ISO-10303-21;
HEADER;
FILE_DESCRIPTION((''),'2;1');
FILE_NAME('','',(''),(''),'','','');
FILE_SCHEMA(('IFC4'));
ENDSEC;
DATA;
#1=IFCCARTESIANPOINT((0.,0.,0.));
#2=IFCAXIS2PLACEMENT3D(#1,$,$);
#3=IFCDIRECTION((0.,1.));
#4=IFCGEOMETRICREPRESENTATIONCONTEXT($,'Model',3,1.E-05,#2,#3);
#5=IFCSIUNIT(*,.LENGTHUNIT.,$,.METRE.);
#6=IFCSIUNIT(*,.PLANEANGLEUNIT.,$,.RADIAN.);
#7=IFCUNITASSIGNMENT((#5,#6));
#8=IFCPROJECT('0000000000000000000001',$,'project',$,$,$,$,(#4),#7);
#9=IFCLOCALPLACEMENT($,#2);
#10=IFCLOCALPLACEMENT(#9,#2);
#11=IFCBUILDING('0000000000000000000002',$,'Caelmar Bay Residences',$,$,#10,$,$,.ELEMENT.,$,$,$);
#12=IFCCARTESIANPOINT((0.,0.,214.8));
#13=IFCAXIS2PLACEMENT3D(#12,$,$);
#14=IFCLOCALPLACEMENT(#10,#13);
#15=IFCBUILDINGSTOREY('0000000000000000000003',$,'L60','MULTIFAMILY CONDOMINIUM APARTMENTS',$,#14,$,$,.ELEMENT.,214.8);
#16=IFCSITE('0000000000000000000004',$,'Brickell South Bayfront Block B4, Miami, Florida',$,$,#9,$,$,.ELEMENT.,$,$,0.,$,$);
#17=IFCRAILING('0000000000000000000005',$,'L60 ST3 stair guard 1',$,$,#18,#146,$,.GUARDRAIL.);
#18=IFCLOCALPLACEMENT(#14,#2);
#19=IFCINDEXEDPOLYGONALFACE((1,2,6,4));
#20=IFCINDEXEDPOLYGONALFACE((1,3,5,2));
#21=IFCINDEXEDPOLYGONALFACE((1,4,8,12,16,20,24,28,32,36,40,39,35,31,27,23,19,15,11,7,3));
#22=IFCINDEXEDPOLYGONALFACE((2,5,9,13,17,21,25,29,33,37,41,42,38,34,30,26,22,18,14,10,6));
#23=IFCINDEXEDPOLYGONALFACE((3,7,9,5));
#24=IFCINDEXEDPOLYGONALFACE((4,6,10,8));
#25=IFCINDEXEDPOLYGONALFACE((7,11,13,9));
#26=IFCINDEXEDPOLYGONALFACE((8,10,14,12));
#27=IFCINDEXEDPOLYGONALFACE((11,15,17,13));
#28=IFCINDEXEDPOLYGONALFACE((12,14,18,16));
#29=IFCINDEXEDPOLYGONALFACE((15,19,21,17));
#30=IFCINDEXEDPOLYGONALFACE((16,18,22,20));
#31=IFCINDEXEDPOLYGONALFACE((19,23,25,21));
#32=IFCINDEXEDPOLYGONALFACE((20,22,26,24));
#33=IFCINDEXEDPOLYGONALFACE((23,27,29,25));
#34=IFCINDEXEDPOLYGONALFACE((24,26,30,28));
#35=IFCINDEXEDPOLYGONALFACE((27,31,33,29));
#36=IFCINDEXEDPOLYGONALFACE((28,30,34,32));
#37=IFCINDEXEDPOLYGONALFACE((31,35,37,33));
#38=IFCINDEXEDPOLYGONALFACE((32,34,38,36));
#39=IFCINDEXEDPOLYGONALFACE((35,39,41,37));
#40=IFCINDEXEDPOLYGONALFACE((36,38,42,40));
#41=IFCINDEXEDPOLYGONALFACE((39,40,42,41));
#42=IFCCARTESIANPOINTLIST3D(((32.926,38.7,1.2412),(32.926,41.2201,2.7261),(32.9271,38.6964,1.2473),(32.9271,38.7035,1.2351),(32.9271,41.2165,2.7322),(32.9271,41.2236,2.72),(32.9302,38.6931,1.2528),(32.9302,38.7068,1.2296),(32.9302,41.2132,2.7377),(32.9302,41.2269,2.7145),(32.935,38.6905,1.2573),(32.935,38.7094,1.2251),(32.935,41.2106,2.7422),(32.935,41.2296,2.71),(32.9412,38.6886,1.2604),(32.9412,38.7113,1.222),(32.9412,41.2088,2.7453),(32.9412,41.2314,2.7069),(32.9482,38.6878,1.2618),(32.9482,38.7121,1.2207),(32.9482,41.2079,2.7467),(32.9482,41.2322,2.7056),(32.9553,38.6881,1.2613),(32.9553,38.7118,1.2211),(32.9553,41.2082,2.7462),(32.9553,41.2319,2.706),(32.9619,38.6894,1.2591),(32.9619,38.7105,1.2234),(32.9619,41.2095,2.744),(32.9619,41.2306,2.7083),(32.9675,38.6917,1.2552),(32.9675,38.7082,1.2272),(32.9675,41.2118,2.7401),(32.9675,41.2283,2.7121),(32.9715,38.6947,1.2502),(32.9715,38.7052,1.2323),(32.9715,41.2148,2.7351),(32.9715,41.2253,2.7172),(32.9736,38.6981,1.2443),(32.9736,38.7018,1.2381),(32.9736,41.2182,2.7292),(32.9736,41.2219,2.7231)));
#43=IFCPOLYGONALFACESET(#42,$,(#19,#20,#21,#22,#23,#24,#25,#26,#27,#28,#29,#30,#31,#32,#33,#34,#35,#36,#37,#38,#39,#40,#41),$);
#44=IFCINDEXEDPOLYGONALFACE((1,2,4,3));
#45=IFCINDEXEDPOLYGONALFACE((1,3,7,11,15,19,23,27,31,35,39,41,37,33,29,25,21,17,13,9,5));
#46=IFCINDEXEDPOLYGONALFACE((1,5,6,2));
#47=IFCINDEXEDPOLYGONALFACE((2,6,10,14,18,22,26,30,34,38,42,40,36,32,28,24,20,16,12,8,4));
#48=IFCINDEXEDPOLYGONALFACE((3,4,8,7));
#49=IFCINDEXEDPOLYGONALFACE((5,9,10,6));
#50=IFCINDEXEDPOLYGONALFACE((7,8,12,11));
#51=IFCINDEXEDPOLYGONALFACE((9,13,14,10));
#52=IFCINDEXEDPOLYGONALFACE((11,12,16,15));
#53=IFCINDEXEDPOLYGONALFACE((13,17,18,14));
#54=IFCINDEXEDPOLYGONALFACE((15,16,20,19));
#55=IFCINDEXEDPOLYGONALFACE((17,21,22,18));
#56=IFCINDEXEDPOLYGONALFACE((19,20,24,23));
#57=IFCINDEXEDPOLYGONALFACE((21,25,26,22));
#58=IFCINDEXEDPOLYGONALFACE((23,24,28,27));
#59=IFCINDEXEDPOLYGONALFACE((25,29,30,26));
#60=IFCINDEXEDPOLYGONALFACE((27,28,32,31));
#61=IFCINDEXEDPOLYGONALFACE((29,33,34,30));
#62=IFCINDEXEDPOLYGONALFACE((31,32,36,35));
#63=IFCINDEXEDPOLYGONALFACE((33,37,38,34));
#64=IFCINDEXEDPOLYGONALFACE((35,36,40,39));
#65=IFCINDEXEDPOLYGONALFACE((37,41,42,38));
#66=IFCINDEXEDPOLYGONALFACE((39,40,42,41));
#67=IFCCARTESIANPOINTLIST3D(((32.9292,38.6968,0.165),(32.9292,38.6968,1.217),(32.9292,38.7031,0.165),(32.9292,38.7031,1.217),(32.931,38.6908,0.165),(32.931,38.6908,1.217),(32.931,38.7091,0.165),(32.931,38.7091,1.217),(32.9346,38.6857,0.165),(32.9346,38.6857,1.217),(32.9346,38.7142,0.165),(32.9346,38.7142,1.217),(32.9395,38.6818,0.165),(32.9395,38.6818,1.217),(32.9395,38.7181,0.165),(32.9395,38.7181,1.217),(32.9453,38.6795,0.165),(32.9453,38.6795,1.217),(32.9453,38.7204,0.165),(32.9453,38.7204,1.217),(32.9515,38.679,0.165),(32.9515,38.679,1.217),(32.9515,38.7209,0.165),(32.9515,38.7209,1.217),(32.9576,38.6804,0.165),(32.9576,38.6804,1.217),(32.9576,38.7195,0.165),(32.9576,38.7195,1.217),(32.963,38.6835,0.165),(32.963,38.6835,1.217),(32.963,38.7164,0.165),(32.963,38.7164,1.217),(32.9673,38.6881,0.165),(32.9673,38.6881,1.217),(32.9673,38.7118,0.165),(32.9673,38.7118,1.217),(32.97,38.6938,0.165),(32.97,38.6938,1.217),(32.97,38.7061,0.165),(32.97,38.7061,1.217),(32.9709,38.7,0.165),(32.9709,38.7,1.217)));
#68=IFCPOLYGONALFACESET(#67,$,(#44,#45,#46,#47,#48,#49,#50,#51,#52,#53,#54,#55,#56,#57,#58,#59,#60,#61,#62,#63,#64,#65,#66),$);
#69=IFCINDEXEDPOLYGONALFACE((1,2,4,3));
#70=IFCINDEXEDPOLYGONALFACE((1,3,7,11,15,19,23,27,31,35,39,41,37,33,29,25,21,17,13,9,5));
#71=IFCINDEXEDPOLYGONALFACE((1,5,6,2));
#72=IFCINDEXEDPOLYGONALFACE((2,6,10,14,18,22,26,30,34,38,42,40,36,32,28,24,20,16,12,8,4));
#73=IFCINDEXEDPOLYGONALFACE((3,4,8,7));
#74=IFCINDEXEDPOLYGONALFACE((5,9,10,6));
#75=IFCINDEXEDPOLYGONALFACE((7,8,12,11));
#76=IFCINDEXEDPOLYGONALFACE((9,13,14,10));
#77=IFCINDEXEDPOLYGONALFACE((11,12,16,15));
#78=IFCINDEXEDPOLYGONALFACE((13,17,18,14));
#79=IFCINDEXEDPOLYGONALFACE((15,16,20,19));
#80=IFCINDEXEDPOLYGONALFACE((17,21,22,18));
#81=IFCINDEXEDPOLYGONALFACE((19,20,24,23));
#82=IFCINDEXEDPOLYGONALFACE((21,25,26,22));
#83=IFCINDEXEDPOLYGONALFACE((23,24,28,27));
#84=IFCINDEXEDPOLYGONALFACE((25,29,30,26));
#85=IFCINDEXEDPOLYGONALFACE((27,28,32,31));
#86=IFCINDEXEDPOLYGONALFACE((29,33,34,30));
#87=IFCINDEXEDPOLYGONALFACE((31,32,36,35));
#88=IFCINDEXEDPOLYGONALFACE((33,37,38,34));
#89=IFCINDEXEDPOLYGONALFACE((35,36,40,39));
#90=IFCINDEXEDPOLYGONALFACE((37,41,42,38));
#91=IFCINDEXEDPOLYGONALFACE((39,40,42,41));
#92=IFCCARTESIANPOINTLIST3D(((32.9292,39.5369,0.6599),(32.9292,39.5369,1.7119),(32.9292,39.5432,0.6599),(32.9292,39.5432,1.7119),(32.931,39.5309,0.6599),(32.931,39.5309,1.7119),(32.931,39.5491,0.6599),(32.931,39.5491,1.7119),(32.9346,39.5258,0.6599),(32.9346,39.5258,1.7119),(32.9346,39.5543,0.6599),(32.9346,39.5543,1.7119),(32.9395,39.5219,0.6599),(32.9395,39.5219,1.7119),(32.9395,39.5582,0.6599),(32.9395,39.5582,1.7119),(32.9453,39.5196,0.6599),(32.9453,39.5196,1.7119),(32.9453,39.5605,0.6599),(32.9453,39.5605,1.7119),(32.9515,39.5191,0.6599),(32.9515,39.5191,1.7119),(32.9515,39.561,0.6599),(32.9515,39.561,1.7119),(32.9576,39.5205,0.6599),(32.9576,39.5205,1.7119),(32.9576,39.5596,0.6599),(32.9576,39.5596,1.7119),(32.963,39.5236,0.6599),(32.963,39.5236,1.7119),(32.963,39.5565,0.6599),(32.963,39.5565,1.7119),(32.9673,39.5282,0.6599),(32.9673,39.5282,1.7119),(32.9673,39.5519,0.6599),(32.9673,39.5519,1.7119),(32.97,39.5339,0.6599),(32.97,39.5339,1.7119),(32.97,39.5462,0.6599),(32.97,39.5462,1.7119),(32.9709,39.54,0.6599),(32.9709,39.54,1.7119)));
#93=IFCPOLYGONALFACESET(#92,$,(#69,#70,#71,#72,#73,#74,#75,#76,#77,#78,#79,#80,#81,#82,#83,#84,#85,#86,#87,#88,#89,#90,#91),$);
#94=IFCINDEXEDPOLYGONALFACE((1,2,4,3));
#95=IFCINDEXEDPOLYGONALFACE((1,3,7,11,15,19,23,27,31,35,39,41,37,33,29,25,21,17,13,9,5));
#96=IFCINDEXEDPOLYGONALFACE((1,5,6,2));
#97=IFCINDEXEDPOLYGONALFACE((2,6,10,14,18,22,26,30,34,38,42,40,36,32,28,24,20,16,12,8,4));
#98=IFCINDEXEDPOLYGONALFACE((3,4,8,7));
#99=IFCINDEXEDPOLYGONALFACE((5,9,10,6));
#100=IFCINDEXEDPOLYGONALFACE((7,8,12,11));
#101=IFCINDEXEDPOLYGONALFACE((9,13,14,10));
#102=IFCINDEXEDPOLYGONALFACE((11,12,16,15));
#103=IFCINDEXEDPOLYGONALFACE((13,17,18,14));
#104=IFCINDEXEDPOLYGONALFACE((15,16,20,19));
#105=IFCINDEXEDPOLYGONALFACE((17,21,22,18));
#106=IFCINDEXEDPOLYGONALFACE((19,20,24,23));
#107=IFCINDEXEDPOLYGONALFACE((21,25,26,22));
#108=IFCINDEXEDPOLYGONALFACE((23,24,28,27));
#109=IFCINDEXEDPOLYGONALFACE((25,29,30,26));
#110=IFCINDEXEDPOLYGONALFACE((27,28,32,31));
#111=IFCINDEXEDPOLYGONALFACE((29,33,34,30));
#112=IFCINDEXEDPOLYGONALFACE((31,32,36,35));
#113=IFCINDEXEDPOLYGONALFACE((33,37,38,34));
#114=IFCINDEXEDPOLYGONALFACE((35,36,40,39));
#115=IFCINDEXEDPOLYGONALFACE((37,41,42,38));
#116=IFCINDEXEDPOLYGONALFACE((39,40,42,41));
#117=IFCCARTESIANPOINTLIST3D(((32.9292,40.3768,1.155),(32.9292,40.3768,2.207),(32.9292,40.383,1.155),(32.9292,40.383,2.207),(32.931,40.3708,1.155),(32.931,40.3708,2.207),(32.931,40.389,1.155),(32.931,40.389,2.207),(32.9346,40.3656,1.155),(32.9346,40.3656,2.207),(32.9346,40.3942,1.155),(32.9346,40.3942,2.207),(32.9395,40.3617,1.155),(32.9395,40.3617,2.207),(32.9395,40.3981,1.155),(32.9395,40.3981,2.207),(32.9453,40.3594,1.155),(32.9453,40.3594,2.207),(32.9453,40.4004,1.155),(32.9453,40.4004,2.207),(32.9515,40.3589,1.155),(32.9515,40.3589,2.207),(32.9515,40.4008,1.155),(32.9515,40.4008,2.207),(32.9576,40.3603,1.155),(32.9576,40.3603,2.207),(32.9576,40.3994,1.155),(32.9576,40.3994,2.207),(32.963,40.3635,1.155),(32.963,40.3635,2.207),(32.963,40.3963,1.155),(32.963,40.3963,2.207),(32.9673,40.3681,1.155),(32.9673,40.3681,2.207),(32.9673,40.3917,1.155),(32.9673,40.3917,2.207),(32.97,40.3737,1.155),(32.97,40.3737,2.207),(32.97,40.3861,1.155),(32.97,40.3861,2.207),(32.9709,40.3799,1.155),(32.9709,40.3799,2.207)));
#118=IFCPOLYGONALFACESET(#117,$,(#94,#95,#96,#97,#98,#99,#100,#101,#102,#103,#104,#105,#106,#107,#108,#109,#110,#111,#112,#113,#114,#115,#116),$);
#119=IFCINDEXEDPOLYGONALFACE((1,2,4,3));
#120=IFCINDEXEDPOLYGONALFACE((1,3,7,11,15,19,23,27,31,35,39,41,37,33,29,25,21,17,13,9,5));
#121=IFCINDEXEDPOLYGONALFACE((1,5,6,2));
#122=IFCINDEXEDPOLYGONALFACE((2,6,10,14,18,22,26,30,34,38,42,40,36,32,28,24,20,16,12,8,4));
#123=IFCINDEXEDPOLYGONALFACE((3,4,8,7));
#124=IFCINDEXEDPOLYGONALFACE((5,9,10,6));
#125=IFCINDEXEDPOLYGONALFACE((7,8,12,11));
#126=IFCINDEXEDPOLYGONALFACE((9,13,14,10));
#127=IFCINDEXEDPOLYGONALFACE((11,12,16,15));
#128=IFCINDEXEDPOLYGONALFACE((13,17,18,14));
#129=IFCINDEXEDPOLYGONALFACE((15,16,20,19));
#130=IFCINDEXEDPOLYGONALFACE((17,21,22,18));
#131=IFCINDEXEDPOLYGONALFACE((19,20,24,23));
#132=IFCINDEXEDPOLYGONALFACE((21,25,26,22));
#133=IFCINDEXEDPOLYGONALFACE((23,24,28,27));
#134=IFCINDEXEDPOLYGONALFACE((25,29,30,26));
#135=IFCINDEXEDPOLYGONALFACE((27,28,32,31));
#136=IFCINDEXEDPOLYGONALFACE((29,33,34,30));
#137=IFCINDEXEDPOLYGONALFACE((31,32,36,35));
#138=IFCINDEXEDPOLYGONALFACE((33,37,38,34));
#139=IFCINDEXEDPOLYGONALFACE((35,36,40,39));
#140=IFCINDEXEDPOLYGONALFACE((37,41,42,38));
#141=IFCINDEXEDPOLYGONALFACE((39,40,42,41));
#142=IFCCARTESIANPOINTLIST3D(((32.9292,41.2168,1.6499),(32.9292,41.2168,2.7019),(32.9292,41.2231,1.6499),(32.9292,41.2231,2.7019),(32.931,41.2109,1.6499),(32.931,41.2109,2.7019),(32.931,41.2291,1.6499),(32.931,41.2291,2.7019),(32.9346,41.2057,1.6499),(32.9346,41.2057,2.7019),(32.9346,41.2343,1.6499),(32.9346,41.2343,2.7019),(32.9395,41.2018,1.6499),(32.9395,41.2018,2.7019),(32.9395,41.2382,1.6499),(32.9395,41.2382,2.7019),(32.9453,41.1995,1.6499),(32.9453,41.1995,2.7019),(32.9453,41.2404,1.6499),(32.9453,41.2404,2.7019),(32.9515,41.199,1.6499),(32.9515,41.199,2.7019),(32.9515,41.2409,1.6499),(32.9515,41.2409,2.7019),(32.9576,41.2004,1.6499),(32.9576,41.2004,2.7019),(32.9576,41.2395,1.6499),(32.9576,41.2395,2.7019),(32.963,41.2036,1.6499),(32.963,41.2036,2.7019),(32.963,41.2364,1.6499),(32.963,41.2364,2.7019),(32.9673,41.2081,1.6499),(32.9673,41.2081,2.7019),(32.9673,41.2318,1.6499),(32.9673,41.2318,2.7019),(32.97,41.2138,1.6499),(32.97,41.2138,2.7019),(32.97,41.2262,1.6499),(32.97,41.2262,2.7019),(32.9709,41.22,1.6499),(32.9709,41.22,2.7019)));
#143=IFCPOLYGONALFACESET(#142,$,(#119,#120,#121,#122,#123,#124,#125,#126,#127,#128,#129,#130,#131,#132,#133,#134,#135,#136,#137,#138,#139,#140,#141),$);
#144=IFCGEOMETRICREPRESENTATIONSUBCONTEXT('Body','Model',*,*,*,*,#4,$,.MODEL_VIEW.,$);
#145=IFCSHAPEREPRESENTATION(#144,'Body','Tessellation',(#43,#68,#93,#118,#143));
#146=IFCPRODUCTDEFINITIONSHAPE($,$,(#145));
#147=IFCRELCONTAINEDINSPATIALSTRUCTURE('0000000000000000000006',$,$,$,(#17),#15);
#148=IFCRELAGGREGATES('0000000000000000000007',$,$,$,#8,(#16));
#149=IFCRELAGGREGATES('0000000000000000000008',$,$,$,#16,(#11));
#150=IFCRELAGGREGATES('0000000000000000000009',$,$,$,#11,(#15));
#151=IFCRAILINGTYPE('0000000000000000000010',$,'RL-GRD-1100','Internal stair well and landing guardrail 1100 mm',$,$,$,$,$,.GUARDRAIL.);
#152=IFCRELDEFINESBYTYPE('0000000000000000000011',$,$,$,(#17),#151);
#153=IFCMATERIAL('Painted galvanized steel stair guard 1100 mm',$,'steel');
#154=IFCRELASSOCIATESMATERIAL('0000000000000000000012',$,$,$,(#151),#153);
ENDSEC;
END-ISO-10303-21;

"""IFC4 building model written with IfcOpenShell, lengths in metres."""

from ifc_helpers import new_model, si_unit, direction, frame, origin, origin_2d, place, context, subcontext, project, spatial, circle, extrude, material, type_object, element, save


model = new_model("IFC4")

# Units and contexts
model_context = context("Model", 3, precision=1e-05, world=origin(), true_north=direction((0.0, 1.0)))
body_context = subcontext(model_context, "Body", "Model", "MODEL_VIEW")
ifc_project = project(units=[si_unit("LENGTHUNIT", "METRE"), si_unit("PLANEANGLEUNIT", "RADIAN")], contexts=[model_context])

# Site, building, storey
site_placement = place(None, origin())
site = spatial("IfcSite", under=ifc_project, at=site_placement, Name="Brickell South Bayfront Block B4, Miami, Florida", CompositionType="ELEMENT", RefElevation=0.0)
building_placement = place(site_placement, origin())
building = spatial("IfcBuilding", under=site, at=building_placement, Name="Caelmar Bay Residences", CompositionType="ELEMENT")
storey_placement = place(building_placement, frame((0.0, 0.0, 214.8)))
storey = spatial("IfcBuildingStorey", under=building, at=storey_placement, Name="L60", Description="MULTIFAMILY CONDOMINIUM APARTMENTS", CompositionType="ELEMENT", Elevation=214.8)

# Railing
ifc_material_1 = material(Name="Painted galvanized steel stair guard 1100 mm", Category="steel")
railing_type_1 = type_object("IfcRailingType", Name="RL-GRD-1100", Description="Internal stair well and landing guardrail 1100 mm", PredefinedType="GUARDRAIL", material=ifc_material_1)
railing_1_placement = place(storey_placement, frame((32.95, 38.7, 0.165)))
element("IfcRailing", 1, at=railing_1_placement, inside=storey, type_object=railing_type_1, Name="L60 ST3 stair guard 1", PredefinedType="GUARDRAIL", context=body_context, shape_type="SweptSolid", body=[
    extrude(circle(Radius=0.0239, at=origin_2d()), frame((0.0, 0.0, 1.0762), z_axis=(0.0, 0.861561, 0.507655), x_axis=(-1.0, 0.0, 0.0)), (0.0, 0.0, 1.0), 2.925),
    extrude(circle(Radius=0.021, at=origin_2d()), origin(), (0.0, 0.0, 1.0), 1.052),
    extrude(circle(Radius=0.021, at=origin_2d()), frame((0.0, 0.8401, 0.4949)), (0.0, 0.0, 1.0), 1.052),
    extrude(circle(Radius=0.021, at=origin_2d()), frame((0.0, 1.6799, 0.99)), (0.0, 0.0, 1.0), 1.052),
    extrude(circle(Radius=0.021, at=origin_2d()), frame((0.0, 2.52, 1.4849)), (0.0, 0.0, 1.0), 1.052),
])

save(model, "model.ifc")
